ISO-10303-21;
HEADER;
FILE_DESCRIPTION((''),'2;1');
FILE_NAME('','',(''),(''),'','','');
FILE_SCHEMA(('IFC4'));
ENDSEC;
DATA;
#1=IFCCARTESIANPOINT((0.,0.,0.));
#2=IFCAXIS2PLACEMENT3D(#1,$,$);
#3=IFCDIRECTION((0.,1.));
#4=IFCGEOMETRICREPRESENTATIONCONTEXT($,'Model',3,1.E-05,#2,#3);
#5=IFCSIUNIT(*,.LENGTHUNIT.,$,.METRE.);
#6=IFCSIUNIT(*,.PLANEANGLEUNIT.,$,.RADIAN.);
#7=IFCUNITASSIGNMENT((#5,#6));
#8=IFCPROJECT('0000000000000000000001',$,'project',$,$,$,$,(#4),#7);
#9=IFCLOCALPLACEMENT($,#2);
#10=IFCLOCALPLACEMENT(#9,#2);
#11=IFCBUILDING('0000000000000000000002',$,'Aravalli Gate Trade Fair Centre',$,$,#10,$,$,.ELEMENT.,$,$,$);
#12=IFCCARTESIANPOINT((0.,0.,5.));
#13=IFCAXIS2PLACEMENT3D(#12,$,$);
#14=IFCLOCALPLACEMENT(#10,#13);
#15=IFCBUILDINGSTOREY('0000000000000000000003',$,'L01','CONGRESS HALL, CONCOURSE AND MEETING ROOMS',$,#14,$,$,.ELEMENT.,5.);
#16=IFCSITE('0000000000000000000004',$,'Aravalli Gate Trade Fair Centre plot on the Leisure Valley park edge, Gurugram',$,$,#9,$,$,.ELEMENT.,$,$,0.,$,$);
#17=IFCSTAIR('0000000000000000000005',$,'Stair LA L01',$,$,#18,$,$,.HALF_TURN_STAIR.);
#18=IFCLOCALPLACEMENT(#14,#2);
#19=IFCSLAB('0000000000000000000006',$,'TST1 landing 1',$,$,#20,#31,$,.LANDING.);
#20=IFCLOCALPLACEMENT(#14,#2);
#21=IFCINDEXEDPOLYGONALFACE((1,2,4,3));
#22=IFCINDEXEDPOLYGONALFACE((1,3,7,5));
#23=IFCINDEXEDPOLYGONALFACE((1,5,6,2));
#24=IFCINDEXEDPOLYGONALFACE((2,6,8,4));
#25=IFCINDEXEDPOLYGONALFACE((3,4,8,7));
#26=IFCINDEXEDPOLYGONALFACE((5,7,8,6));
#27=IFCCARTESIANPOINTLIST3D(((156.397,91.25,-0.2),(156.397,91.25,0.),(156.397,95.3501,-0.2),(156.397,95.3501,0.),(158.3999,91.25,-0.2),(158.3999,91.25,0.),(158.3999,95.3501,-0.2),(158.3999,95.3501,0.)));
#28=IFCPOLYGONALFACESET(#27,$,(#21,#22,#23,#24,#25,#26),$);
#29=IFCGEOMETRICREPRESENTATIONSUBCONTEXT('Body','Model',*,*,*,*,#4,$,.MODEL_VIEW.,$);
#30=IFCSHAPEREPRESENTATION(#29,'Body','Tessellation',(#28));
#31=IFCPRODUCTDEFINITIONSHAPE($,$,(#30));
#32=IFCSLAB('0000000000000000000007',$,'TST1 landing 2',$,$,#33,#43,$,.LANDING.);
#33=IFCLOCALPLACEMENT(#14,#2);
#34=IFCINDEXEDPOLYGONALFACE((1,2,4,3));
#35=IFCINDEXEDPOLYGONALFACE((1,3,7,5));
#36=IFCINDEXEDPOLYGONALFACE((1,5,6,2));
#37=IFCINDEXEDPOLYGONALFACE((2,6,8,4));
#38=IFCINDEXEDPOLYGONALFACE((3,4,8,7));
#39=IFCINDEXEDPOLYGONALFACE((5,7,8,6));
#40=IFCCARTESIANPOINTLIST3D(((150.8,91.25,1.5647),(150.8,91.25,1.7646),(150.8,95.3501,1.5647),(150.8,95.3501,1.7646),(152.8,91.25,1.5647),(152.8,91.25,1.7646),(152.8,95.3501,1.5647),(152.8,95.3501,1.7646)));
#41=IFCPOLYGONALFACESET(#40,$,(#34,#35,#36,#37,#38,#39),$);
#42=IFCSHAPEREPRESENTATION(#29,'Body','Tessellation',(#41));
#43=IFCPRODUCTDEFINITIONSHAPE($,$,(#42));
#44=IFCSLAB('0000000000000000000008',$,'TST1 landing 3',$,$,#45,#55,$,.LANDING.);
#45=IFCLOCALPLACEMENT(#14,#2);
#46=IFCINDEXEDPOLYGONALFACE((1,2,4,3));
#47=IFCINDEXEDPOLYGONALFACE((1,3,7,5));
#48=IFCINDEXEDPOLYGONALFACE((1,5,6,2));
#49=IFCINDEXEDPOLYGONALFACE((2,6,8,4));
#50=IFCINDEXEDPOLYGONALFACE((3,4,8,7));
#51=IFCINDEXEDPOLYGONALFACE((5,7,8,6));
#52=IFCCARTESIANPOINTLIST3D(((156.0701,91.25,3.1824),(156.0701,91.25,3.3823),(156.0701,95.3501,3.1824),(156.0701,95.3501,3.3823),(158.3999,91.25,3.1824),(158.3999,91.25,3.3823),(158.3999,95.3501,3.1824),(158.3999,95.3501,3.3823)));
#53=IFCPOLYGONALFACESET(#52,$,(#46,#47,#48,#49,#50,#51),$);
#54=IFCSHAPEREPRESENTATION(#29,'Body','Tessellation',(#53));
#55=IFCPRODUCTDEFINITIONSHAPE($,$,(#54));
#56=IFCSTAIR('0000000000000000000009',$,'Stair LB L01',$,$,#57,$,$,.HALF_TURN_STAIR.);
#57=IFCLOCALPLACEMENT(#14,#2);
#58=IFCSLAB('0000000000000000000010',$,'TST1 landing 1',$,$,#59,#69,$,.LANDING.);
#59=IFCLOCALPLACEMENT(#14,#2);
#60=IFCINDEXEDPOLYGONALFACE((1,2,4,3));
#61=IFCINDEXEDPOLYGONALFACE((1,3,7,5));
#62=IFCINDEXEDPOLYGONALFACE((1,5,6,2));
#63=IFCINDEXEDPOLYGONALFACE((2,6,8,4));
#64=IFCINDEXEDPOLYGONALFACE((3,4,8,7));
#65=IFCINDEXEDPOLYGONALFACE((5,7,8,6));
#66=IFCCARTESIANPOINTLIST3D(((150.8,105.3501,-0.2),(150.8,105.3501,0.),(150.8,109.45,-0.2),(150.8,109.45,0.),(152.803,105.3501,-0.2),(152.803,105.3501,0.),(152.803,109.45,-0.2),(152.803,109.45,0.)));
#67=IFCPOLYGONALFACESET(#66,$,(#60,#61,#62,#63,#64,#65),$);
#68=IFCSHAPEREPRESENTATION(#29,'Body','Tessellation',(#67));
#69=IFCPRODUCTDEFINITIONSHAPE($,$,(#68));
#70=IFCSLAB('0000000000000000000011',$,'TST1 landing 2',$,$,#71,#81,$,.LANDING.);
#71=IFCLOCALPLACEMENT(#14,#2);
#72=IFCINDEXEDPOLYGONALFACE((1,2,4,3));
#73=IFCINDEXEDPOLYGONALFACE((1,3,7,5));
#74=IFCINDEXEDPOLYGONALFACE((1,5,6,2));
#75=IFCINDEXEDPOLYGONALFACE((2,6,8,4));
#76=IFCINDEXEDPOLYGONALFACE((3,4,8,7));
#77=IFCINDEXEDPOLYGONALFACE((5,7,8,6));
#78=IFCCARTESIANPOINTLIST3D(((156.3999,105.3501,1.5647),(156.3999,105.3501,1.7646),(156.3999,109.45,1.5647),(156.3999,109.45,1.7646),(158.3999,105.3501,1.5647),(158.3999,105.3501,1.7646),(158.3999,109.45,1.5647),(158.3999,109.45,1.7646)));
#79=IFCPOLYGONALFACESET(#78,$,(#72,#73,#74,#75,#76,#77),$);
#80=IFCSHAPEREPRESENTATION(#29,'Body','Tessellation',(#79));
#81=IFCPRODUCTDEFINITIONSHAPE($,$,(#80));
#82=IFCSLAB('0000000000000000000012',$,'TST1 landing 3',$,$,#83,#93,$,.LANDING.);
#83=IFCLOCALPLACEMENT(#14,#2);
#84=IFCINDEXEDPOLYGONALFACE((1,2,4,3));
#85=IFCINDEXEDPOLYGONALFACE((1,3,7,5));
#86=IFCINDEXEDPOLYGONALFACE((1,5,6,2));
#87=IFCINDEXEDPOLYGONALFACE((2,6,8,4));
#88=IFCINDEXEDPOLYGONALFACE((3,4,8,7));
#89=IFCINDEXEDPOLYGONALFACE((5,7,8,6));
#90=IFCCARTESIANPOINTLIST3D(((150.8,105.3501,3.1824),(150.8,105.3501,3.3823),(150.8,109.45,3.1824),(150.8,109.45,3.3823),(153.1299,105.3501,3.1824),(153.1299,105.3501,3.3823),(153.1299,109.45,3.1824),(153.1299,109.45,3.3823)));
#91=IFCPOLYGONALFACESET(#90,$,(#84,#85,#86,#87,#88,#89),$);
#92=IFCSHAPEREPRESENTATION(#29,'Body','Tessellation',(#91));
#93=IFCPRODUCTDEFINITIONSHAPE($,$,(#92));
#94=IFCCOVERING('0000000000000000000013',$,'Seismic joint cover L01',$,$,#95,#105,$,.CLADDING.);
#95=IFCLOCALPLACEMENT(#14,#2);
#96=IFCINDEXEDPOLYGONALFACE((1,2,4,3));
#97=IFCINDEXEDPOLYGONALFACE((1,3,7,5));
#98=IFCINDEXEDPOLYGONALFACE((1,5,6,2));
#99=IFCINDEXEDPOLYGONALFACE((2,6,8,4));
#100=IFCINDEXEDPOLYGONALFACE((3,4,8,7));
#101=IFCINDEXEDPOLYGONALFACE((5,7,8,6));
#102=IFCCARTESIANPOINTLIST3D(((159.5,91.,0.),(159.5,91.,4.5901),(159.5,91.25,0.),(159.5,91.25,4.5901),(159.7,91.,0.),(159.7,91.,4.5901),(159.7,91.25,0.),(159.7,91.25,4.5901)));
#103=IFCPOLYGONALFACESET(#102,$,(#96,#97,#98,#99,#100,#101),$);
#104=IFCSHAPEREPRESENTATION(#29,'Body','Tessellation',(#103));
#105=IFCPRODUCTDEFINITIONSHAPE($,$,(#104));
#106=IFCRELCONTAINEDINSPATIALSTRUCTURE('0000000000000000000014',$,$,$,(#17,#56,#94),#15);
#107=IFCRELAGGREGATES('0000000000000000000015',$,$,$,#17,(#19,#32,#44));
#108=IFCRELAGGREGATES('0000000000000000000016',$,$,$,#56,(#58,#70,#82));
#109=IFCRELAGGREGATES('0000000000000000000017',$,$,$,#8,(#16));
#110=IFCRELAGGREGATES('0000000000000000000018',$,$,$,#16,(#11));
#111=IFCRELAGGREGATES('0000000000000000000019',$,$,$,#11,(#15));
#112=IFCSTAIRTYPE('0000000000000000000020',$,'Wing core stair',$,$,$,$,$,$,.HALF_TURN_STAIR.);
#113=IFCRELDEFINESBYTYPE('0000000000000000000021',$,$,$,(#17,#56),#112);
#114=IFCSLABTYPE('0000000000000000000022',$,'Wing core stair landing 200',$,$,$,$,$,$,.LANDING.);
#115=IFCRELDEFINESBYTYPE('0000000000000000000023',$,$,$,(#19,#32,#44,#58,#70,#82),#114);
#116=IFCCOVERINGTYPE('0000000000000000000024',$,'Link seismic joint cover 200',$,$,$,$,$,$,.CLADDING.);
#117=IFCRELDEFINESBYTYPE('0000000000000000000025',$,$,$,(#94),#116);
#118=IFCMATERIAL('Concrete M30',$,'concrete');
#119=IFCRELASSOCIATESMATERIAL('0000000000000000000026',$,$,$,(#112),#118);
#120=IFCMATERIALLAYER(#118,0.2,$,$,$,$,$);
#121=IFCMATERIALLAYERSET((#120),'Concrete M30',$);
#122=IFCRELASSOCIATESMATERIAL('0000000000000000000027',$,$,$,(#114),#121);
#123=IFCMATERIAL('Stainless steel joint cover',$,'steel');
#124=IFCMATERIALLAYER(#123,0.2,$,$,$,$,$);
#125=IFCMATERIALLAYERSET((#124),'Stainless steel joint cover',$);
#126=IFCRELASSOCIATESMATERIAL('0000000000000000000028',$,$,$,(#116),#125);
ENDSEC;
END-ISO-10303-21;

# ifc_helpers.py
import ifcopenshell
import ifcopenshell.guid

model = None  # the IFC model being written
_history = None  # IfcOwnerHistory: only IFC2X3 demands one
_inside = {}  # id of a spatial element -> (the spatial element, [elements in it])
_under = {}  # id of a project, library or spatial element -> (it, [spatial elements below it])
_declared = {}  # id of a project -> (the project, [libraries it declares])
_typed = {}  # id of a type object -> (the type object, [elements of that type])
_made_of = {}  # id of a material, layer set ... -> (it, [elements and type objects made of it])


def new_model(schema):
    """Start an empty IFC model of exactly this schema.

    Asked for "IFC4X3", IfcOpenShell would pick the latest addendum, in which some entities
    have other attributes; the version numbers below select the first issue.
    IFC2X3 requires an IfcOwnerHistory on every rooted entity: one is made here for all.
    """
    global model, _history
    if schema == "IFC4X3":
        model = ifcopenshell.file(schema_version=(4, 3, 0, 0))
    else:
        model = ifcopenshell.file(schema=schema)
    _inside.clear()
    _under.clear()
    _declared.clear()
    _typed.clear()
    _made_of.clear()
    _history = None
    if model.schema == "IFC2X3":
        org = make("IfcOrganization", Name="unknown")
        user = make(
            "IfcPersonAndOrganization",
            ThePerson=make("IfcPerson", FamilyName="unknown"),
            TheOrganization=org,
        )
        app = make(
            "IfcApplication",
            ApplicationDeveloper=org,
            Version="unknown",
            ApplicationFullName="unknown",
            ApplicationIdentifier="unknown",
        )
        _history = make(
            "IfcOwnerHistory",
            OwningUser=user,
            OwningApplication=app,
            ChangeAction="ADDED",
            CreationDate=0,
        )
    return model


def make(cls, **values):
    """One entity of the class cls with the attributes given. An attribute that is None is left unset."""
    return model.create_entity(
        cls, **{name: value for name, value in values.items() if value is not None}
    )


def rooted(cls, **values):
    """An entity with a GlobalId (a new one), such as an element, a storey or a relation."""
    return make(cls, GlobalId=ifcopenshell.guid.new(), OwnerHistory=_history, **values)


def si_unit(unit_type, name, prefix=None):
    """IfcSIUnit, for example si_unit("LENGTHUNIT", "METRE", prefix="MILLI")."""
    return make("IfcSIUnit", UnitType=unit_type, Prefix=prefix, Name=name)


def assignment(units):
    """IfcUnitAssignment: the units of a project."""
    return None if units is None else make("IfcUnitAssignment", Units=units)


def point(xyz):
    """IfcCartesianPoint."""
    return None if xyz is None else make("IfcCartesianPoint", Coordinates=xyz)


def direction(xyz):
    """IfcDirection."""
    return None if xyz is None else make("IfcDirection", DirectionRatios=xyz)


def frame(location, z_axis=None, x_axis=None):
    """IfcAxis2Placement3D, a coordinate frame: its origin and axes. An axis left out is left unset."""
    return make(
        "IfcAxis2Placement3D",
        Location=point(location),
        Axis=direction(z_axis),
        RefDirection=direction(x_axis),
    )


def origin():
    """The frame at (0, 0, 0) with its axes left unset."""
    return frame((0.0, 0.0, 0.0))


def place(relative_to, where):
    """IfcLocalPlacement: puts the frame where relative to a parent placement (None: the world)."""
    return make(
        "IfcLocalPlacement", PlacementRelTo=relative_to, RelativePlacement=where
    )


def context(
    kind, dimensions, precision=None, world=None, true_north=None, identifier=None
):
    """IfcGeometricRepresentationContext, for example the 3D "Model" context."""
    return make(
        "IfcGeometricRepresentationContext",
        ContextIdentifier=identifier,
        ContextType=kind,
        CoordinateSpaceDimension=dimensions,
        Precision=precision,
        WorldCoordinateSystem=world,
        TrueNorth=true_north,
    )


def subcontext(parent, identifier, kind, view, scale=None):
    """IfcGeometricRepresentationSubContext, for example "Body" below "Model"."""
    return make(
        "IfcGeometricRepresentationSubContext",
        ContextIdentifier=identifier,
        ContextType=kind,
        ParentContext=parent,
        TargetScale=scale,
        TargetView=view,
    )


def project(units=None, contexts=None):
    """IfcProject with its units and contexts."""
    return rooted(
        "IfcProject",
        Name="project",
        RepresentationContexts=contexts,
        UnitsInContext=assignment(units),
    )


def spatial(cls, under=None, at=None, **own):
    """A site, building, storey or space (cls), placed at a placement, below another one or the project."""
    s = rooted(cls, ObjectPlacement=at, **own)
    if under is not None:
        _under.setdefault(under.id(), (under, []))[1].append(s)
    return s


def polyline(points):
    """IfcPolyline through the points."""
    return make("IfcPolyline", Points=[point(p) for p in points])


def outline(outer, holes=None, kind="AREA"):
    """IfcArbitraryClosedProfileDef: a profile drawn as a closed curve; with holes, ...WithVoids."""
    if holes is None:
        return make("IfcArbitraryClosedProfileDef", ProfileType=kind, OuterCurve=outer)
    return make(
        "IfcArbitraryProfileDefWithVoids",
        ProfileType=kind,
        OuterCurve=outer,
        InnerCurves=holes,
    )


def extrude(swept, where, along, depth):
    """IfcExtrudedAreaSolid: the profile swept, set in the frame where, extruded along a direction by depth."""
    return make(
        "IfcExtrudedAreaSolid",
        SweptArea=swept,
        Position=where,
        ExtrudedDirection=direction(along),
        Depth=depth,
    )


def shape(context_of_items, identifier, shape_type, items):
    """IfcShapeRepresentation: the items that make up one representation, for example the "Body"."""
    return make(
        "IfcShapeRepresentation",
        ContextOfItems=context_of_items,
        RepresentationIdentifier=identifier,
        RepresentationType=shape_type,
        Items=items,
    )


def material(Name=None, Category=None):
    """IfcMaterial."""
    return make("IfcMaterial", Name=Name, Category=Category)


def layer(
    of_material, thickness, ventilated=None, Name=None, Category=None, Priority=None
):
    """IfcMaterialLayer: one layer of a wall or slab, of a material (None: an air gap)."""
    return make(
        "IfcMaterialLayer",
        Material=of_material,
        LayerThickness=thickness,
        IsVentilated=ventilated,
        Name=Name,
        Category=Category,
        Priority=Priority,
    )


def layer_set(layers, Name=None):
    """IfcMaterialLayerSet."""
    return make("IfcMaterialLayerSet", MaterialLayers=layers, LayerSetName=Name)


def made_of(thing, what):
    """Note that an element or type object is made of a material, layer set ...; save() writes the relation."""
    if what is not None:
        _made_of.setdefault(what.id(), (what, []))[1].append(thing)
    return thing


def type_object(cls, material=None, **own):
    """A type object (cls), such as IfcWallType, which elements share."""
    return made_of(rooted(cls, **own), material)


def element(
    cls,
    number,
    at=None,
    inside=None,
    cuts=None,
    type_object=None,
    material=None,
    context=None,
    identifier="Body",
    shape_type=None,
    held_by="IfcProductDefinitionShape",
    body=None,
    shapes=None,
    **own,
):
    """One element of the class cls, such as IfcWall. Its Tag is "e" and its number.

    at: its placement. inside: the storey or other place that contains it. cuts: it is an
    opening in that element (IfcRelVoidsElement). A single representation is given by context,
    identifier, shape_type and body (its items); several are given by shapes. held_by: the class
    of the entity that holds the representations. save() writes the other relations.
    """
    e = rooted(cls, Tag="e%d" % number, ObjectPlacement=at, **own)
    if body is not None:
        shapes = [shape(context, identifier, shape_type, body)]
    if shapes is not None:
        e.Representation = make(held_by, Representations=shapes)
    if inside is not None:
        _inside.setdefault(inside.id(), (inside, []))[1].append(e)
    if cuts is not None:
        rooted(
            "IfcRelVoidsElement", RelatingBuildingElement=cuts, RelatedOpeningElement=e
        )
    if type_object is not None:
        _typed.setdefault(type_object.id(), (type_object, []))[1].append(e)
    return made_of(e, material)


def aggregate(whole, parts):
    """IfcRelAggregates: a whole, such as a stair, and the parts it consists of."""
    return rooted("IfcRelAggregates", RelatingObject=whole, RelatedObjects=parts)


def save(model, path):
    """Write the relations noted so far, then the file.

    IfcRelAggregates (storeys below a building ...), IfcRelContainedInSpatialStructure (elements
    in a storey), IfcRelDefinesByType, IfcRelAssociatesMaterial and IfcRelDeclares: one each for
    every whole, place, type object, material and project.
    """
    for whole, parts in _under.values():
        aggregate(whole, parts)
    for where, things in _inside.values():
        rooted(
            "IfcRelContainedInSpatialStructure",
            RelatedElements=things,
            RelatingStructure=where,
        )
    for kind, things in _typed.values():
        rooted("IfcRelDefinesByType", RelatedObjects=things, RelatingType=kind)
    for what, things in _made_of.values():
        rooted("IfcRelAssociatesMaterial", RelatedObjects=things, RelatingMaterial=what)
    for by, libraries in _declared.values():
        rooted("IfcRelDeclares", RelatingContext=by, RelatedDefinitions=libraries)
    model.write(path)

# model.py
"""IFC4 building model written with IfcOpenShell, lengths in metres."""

from ifc_helpers import new_model, si_unit, direction, frame, origin, place, context, subcontext, project, spatial, polyline, outline, extrude, material, layer, layer_set, type_object, element, aggregate, save


model = new_model("IFC4")

# Units and contexts
model_context = context("Model", 3, precision=1e-05, world=origin(), true_north=direction((0.0, 1.0)))
body_context = subcontext(model_context, "Body", "Model", "MODEL_VIEW")
ifc_project = project(units=[si_unit("LENGTHUNIT", "METRE"), si_unit("PLANEANGLEUNIT", "RADIAN")], contexts=[model_context])

# Site, building, storey
site_placement = place(None, origin())
site = spatial("IfcSite", under=ifc_project, at=site_placement, Name="Aravalli Gate Trade Fair Centre plot on the Leisure Valley park edge, Gurugram", CompositionType="ELEMENT", RefElevation=0.0)
building_placement = place(site_placement, origin())
building = spatial("IfcBuilding", under=site, at=building_placement, Name="Aravalli Gate Trade Fair Centre", CompositionType="ELEMENT")
storey_placement = place(building_placement, frame((0.0, 0.0, 5.0)))
storey = spatial("IfcBuildingStorey", under=building, at=storey_placement, Name="L01", Description="CONGRESS HALL, CONCOURSE AND MEETING ROOMS", CompositionType="ELEMENT", Elevation=5.0)

# Shared definitions
ifc_material_1 = material(Name="Concrete M30", Category="concrete")

# Stairs, slabs
stair_type_1 = type_object("IfcStairType", Name="Wing core stair", PredefinedType="HALF_TURN_STAIR", material=ifc_material_1)
ifc_layer_1 = layer(ifc_material_1, 0.2)
ifc_layer_set_1 = layer_set([ifc_layer_1], Name="Concrete M30")
slab_type_1 = type_object("IfcSlabType", Name="Wing core stair landing 200", PredefinedType="LANDING", material=ifc_layer_set_1)
stair_1_placement = place(storey_placement, origin())
stair_1 = element("IfcStair", 1, at=stair_1_placement, inside=storey, type_object=stair_type_1, Name="Stair LA L01", PredefinedType="HALF_TURN_STAIR")
slab_1_placement = place(storey_placement, frame((0.0, 0.0, -0.2)))
slab_1 = element("IfcSlab", 2, at=slab_1_placement, type_object=slab_type_1, Name="TST1 landing 1", PredefinedType="LANDING", context=body_context, shape_type="SweptSolid", body=[
    extrude(outline(polyline([(156.397, 91.25), (158.3999, 91.25), (158.3999, 95.3501), (156.397, 95.3501), (156.397, 91.25)])), origin(), (0.0, 0.0, 1.0), 0.2),
])
slab_2_placement = place(storey_placement, frame((0.0, 0.0, 1.5647)))
slab_2 = element("IfcSlab", 3, at=slab_2_placement, type_object=slab_type_1, Name="TST1 landing 2", PredefinedType="LANDING", context=body_context, shape_type="SweptSolid", body=[
    extrude(outline(polyline([(150.8, 91.25), (152.8, 91.25), (152.8, 95.3501), (150.8, 95.3501), (150.8, 91.25)])), origin(), (0.0, 0.0, 1.0), 0.2),
])
slab_3_placement = place(storey_placement, frame((0.0, 0.0, 3.1824)))
slab_3 = element("IfcSlab", 4, at=slab_3_placement, type_object=slab_type_1, Name="TST1 landing 3", PredefinedType="LANDING", context=body_context, shape_type="SweptSolid", body=[
    extrude(outline(polyline([(156.0701, 91.25), (158.3999, 91.25), (158.3999, 95.3501), (156.0701, 95.3501), (156.0701, 91.25)])), origin(), (0.0, 0.0, 1.0), 0.2),
])
aggregate(stair_1, [slab_1, slab_2, slab_3])
stair_2_placement = place(storey_placement, origin())
stair_2 = element("IfcStair", 5, at=stair_2_placement, inside=storey, type_object=stair_type_1, Name="Stair LB L01", PredefinedType="HALF_TURN_STAIR")
slab_4_placement = place(storey_placement, frame((0.0, 0.0, -0.2)))
slab_4 = element("IfcSlab", 6, at=slab_4_placement, type_object=slab_type_1, Name="TST1 landing 1", PredefinedType="LANDING", context=body_context, shape_type="SweptSolid", body=[
    extrude(outline(polyline([(150.8, 105.3501), (152.803, 105.3501), (152.803, 109.45), (150.8, 109.45), (150.8, 105.3501)])), origin(), (0.0, 0.0, 1.0), 0.2),
])
slab_5_placement = place(storey_placement, frame((0.0, 0.0, 1.5647)))
slab_5 = element("IfcSlab", 7, at=slab_5_placement, type_object=slab_type_1, Name="TST1 landing 2", PredefinedType="LANDING", context=body_context, shape_type="SweptSolid", body=[
    extrude(outline(polyline([(156.3999, 105.3501), (158.3999, 105.3501), (158.3999, 109.45), (156.3999, 109.45), (156.3999, 105.3501)])), origin(), (0.0, 0.0, 1.0), 0.2),
])
slab_6_placement = place(storey_placement, frame((0.0, 0.0, 3.1824)))
slab_6 = element("IfcSlab", 8, at=slab_6_placement, type_object=slab_type_1, Name="TST1 landing 3", PredefinedType="LANDING", context=body_context, shape_type="SweptSolid", body=[
    extrude(outline(polyline([(150.8, 105.3501), (153.1299, 105.3501), (153.1299, 109.45), (150.8, 109.45), (150.8, 105.3501)])), origin(), (0.0, 0.0, 1.0), 0.2),
])
aggregate(stair_2, [slab_4, slab_5, slab_6])

# Covering
ifc_material_2 = material(Name="Stainless steel joint cover", Category="steel")
ifc_layer_2 = layer(ifc_material_2, 0.2)
ifc_layer_set_2 = layer_set([ifc_layer_2], Name="Stainless steel joint cover")
covering_type = type_object("IfcCoveringType", Name="Link seismic joint cover 200", PredefinedType="CLADDING", material=ifc_layer_set_2)
covering_placement = place(storey_placement, origin())
element("IfcCovering", 9, at=covering_placement, inside=storey, type_object=covering_type, Name="Seismic joint cover L01", PredefinedType="CLADDING", context=body_context, shape_type="SweptSolid", body=[
    extrude(outline(polyline([(159.5, 91.0), (159.7, 91.0), (159.7, 91.25), (159.5, 91.25), (159.5, 91.0)])), origin(), (0.0, 0.0, 1.0), 4.5901),
])

save(model, "model.ifc")
